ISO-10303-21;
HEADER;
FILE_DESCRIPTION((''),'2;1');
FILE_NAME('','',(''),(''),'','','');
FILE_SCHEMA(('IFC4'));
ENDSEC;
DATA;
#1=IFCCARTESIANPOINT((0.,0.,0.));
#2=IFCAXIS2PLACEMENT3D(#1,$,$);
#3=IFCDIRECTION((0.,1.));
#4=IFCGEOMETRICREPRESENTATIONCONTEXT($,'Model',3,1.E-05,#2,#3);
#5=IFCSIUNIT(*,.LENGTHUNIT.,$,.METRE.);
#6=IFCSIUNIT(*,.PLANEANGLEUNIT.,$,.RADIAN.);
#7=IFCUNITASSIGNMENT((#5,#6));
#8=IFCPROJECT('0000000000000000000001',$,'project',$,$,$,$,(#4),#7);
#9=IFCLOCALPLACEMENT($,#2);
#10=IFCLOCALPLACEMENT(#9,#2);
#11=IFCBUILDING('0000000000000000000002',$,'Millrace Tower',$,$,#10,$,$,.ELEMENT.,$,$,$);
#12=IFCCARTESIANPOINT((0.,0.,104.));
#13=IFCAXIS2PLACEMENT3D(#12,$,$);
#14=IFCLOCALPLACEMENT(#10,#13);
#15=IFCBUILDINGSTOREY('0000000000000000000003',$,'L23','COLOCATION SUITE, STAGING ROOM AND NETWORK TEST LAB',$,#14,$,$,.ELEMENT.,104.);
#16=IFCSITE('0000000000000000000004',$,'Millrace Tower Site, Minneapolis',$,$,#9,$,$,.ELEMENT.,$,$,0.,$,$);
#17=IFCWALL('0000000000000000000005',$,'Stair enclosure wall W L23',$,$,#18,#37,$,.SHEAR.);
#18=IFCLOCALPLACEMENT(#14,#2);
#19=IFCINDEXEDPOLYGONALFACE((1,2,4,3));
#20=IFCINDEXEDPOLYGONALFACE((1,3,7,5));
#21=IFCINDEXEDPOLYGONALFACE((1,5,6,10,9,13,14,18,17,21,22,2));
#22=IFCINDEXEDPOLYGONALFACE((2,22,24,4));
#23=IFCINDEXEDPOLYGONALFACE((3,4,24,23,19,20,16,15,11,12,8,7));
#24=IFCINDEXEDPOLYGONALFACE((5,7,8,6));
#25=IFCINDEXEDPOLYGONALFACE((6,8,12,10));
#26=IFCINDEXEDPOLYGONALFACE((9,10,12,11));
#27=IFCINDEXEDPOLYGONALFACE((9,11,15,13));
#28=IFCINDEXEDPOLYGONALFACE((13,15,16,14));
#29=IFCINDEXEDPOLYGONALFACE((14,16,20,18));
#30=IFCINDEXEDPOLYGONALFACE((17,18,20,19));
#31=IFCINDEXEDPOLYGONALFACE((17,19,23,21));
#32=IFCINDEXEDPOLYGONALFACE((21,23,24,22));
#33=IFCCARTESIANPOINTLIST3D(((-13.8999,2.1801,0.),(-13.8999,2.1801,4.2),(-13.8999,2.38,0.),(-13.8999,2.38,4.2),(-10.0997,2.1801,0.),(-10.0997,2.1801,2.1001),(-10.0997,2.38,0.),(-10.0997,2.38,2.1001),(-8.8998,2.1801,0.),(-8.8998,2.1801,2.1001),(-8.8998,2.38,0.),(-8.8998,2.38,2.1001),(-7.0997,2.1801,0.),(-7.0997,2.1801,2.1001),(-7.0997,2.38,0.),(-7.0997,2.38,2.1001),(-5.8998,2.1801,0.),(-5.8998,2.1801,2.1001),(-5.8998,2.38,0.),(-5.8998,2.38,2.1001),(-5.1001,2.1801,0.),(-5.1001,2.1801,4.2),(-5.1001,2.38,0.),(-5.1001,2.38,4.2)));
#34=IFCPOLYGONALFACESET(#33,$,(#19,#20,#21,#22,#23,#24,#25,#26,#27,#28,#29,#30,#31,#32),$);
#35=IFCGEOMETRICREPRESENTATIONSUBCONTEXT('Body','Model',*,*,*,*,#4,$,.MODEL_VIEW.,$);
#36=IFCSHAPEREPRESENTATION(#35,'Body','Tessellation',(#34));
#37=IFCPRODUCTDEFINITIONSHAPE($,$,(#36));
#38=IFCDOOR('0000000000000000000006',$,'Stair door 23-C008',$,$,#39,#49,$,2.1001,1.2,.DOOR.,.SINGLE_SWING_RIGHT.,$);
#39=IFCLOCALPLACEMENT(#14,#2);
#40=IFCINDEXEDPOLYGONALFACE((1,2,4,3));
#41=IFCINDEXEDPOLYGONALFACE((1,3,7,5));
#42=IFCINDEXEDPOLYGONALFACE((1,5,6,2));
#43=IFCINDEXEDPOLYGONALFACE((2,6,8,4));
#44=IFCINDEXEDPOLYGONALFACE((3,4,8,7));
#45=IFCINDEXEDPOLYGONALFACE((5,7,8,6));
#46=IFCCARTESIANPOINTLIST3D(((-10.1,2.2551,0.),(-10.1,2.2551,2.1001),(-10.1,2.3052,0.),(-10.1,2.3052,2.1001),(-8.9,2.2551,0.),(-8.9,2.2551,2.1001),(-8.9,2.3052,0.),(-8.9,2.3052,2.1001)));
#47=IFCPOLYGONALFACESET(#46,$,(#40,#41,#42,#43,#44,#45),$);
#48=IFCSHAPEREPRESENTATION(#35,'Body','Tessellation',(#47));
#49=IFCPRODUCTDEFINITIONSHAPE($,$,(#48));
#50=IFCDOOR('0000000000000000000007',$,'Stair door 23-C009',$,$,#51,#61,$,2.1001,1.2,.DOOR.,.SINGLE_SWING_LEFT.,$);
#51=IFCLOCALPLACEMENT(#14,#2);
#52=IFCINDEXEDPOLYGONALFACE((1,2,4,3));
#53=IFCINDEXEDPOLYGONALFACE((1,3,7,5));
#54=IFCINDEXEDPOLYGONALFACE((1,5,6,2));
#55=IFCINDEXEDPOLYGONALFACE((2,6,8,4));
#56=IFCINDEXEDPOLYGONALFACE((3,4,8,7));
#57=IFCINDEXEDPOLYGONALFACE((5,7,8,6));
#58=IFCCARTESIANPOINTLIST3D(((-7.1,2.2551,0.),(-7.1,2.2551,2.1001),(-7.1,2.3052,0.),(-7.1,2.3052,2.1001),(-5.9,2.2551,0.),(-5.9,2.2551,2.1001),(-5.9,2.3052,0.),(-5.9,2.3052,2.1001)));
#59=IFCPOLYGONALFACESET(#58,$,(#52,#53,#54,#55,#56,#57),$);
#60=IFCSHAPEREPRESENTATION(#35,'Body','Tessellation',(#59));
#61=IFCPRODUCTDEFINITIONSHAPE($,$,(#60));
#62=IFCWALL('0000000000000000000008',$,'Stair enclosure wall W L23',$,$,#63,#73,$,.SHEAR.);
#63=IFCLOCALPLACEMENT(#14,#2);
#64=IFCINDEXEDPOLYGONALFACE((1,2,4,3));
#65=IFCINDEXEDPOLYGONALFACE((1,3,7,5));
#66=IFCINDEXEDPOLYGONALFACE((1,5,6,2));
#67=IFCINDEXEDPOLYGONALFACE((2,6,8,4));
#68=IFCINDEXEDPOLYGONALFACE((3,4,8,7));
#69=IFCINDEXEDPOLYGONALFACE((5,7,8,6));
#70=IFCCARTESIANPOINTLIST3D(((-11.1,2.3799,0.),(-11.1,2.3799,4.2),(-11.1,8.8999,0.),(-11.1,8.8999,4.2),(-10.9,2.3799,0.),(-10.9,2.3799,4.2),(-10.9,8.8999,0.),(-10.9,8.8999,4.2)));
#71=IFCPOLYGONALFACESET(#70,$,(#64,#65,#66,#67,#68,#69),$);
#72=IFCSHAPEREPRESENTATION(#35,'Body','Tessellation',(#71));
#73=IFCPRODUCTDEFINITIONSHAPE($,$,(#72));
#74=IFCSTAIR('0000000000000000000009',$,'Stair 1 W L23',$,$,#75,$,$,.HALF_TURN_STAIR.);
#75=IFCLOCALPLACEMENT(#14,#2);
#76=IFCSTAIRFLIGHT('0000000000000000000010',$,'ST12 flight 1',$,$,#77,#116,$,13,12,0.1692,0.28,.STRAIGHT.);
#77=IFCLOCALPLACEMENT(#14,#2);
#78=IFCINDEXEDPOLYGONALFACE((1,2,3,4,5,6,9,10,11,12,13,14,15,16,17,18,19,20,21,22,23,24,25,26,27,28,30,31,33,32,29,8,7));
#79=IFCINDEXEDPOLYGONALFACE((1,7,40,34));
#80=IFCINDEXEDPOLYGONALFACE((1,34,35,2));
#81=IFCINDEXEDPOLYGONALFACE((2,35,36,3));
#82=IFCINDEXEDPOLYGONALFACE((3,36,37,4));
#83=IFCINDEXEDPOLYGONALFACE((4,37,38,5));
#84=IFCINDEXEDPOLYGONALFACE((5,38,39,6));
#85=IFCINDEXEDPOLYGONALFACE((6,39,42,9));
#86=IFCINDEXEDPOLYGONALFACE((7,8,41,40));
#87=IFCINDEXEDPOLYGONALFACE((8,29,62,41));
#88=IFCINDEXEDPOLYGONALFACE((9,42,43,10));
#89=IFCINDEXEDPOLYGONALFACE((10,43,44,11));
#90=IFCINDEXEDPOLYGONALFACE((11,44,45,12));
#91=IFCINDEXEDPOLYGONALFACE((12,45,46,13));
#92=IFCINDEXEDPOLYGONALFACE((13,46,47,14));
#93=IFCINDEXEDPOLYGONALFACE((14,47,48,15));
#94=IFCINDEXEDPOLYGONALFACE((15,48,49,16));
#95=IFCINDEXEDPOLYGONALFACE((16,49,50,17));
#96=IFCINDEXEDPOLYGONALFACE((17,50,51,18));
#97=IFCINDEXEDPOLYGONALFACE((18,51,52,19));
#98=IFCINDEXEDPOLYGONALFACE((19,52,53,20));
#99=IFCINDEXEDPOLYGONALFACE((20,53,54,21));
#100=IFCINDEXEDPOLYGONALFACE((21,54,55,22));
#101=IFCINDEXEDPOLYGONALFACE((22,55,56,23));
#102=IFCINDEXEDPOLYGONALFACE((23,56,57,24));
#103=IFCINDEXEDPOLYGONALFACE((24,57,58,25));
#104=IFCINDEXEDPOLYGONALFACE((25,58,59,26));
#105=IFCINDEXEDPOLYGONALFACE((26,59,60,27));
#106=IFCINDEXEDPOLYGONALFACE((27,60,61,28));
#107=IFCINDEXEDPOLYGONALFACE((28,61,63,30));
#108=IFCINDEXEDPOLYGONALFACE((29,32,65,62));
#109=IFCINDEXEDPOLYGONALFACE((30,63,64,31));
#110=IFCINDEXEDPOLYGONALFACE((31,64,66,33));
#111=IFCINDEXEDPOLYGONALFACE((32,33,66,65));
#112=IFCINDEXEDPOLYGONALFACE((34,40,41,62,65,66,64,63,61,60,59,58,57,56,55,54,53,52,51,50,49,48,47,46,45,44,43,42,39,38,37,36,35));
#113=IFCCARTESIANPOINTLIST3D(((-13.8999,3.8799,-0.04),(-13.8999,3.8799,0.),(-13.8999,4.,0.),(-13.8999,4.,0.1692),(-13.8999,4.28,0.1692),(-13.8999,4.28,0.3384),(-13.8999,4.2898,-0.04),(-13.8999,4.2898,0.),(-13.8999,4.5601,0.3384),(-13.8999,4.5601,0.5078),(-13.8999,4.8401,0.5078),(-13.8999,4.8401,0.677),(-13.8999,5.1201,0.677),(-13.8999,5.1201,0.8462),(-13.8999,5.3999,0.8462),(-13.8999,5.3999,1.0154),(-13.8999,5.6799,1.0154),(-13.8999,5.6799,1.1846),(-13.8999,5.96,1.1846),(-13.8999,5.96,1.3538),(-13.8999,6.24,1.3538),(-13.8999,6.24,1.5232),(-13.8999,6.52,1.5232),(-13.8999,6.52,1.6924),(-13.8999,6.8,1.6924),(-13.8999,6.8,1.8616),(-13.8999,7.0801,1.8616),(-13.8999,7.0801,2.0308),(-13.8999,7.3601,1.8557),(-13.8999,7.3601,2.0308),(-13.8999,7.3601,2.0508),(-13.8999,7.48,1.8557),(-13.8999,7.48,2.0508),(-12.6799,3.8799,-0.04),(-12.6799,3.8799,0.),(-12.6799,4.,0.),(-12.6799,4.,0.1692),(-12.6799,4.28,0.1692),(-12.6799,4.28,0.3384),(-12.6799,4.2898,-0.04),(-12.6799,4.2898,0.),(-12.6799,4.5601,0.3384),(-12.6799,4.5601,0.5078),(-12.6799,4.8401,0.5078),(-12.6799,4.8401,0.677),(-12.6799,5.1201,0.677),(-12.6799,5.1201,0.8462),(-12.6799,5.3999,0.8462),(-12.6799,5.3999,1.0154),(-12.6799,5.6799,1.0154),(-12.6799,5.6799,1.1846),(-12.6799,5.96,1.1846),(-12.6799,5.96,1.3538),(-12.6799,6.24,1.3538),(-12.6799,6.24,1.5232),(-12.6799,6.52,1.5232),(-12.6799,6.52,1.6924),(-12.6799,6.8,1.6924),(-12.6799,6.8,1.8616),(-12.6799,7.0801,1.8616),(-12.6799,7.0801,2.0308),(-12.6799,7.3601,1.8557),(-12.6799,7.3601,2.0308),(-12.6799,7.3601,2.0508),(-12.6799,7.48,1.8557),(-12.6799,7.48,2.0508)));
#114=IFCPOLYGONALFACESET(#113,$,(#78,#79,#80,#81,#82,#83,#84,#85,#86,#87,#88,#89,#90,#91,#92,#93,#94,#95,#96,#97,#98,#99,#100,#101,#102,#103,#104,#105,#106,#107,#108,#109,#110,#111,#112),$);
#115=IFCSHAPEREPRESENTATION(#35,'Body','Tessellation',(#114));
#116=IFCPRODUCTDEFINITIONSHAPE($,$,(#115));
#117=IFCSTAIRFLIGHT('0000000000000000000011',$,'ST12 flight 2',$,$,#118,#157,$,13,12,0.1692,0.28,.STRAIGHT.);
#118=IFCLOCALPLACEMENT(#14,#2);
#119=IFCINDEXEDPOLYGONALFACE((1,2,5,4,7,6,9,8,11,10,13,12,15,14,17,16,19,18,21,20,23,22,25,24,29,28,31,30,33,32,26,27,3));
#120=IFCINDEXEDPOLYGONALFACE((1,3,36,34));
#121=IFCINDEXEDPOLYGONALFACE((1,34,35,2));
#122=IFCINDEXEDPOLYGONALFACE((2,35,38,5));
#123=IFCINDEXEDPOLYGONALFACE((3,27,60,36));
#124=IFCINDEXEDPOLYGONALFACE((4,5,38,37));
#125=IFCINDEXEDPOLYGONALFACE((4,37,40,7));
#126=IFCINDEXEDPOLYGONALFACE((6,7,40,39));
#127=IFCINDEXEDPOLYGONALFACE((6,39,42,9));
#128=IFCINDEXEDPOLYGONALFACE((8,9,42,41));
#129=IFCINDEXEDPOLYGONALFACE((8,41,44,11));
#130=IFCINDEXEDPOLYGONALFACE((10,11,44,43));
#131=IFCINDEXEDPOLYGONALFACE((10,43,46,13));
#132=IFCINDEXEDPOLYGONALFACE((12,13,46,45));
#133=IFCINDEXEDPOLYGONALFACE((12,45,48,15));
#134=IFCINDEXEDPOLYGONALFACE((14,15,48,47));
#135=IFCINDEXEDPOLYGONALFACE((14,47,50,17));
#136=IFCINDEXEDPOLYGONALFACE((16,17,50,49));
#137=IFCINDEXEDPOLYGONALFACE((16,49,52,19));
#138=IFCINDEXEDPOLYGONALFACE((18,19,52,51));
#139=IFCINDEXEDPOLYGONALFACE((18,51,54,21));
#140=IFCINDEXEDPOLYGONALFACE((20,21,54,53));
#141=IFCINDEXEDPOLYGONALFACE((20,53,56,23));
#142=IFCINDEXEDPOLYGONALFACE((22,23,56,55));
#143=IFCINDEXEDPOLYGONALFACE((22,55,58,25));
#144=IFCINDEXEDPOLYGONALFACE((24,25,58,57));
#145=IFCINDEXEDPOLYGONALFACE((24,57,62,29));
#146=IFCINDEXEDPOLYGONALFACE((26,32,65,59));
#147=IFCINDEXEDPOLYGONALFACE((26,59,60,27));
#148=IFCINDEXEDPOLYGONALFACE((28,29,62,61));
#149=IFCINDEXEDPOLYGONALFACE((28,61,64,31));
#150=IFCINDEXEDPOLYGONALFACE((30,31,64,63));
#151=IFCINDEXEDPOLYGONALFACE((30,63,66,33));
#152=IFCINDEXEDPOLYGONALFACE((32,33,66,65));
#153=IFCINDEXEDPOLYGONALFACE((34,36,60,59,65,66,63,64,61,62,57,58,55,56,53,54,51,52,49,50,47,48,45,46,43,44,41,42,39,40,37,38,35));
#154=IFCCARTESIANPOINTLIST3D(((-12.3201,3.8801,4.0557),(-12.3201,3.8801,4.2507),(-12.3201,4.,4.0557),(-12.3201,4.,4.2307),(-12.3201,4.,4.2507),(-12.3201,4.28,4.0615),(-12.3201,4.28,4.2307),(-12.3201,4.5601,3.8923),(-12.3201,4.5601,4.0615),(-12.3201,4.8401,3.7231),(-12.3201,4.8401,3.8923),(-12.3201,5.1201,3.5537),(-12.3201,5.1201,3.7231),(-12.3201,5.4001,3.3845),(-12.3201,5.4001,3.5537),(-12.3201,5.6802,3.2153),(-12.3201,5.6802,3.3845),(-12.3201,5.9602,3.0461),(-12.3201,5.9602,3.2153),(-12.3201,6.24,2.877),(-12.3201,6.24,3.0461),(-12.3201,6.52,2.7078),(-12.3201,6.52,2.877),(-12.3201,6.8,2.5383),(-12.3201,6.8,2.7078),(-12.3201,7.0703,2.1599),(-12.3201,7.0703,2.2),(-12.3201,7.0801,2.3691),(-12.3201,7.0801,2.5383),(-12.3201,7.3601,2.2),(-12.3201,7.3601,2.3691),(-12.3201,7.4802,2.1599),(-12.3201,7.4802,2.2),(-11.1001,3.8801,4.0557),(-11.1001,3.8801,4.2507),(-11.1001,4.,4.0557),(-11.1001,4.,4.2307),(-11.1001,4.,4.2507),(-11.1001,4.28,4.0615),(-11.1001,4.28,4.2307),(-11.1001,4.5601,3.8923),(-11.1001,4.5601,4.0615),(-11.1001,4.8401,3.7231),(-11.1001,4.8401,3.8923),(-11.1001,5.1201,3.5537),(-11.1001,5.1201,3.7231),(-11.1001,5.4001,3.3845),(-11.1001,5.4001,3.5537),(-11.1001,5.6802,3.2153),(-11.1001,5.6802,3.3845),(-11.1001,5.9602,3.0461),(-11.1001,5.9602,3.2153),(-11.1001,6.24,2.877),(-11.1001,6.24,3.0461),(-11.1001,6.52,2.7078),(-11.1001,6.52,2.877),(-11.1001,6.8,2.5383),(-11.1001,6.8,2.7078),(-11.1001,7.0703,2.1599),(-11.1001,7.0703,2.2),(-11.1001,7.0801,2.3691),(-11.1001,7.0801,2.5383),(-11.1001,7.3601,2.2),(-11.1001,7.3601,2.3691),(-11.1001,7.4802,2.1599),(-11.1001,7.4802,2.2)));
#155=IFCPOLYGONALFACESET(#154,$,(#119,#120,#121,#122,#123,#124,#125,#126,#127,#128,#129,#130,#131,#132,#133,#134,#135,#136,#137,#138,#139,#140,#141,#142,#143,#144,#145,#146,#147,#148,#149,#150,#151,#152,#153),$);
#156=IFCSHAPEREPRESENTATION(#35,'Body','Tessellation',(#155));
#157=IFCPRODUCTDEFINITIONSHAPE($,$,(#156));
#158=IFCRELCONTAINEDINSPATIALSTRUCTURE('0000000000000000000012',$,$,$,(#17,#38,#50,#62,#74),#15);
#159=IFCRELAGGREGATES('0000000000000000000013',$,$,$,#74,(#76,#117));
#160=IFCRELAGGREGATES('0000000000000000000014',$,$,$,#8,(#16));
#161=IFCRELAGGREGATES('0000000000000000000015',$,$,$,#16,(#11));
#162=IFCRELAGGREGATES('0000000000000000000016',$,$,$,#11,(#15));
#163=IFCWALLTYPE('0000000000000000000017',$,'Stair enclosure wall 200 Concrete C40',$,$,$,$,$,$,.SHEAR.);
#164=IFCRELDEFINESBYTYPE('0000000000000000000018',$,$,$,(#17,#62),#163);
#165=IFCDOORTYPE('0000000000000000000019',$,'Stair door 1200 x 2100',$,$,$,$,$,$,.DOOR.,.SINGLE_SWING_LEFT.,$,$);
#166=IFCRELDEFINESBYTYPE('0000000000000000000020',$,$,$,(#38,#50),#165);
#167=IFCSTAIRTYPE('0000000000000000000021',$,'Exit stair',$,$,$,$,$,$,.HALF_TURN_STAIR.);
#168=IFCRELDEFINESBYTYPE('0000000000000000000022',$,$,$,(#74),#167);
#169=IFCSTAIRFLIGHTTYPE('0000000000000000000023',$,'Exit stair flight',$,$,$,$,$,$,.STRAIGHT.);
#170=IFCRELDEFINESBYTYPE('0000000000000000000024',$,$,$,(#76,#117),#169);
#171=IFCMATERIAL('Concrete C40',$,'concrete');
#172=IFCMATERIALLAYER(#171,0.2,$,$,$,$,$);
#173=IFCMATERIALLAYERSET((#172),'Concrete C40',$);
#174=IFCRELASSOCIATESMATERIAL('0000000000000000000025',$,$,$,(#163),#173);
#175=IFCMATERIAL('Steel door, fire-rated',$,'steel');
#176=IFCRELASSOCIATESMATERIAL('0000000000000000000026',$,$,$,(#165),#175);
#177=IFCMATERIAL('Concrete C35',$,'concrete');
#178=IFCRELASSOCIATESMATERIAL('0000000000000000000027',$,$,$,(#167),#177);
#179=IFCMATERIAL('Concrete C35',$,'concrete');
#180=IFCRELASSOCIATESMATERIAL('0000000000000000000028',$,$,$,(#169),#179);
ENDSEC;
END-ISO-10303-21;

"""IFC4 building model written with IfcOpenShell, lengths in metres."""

from ifc_helpers import new_model, si_unit, direction, frame, frame_2d, origin, place, context, subcontext, project, spatial, polyline, rectangle, outline, extrude, material, layer, layer_set, type_object, element, fill, aggregate, save


model = new_model("IFC4")

# Units and contexts
model_context = context("Model", 3, precision=1e-05, world=origin(), true_north=direction((0.0, 1.0)))
body_context = subcontext(model_context, "Body", "Model", "MODEL_VIEW")
ifc_project = project(units=[si_unit("LENGTHUNIT", "METRE"), si_unit("PLANEANGLEUNIT", "RADIAN")], contexts=[model_context])

# Site, building, storey
site_placement = place(None, origin())
site = spatial("IfcSite", under=ifc_project, at=site_placement, Name="Millrace Tower Site, Minneapolis", CompositionType="ELEMENT", RefElevation=0.0)
building_placement = place(site_placement, origin())
building = spatial("IfcBuilding", under=site, at=building_placement, Name="Millrace Tower", CompositionType="ELEMENT")
storey_placement = place(building_placement, frame((0.0, 0.0, 104.0)))
storey = spatial("IfcBuildingStorey", under=building, at=storey_placement, Name="L23", Description="COLOCATION SUITE, STAGING ROOM AND NETWORK TEST LAB", CompositionType="ELEMENT", Elevation=104.0)

# Shared definitions
placement = place(storey_placement, origin())

# Shared definitions
ifc_material_1 = material(Name="Concrete C40", Category="concrete")
ifc_layer_1 = layer(ifc_material_1, 0.2)
ifc_layer_set_1 = layer_set([ifc_layer_1], Name="Concrete C40")
wall_type_1 = type_object("IfcWallType", Name="Stair enclosure wall 200 Concrete C40", PredefinedType="SHEAR", material=ifc_layer_set_1)

# Wall, openings, doors
wall_1_placement = place(storey_placement, frame((-13.8999, 2.28, 0.0), z_axis=(0.0, 0.0, 1.0), x_axis=(1.0, 0.0, 0.0)))
wall_1 = element("IfcWall", 1, at=wall_1_placement, inside=storey, type_object=wall_type_1, Name="Stair enclosure wall W L23", PredefinedType="SHEAR", context=body_context, shape_type="SweptSolid", body=[
    extrude(rectangle(XDim=8.7998, YDim=0.2, at=frame_2d((4.3999, 0.0))), origin(), (0.0, 0.0, 1.0), 4.2),
])
opening_1_placement = place(wall_1_placement, frame((3.8, 0.0, 0.0)))
opening_1 = element("IfcOpeningElement", 2, at=opening_1_placement, cuts=wall_1, PredefinedType="OPENING", context=body_context, shape_type="SweptSolid", body=[
    extrude(rectangle(XDim=1.2, YDim=2.1001, at=frame_2d((0.6001, 1.05))), frame((0.0, 0.1099, 0.0), z_axis=(0.0, -1.0, 0.0), x_axis=(1.0, 0.0, 0.0)), (0.0, 0.0, 1.0), 0.22),
])
opening_2_placement = place(wall_1_placement, frame((6.8, 0.0, 0.0)))
opening_2 = element("IfcOpeningElement", 3, at=opening_2_placement, cuts=wall_1, PredefinedType="OPENING", context=body_context, shape_type="SweptSolid", body=[
    extrude(rectangle(XDim=1.2, YDim=2.1001, at=frame_2d((0.6001, 1.05))), frame((0.0, 0.1099, 0.0), z_axis=(0.0, -1.0, 0.0), x_axis=(1.0, 0.0, 0.0)), (0.0, 0.0, 1.0), 0.22),
])
ifc_material_2 = material(Name="Steel door, fire-rated", Category="steel")
door_type_1 = type_object("IfcDoorType", Name="Stair door 1200 x 2100", OperationType="SINGLE_SWING_LEFT", PredefinedType="DOOR", material=ifc_material_2)
door_1_placement = place(opening_1_placement, frame((1.2, 0.0, 0.0), z_axis=(0.0, 0.0, 1.0), x_axis=(-1.0, 0.0, 0.0)))
door_1 = element("IfcDoor", 4, at=door_1_placement, inside=storey, type_object=door_type_1, Name="Stair door 23-C008", OperationType="SINGLE_SWING_RIGHT", OverallHeight=2.1001, OverallWidth=1.2, PredefinedType="DOOR", context=body_context, shape_type="SweptSolid", body=[
    extrude(rectangle(XDim=1.2, YDim=2.1001, at=frame_2d((0.6001, 1.05))), frame((0.0, 0.0249, 0.0), z_axis=(0.0, -1.0, 0.0), x_axis=(1.0, 0.0, 0.0)), (0.0, 0.0, 1.0), 0.05),
])
fill(opening_1, door_1)
door_2_placement = place(opening_2_placement, frame((1.2, 0.0, 0.0), z_axis=(0.0, 0.0, 1.0), x_axis=(-1.0, 0.0, 0.0)))
door_2 = element("IfcDoor", 5, at=door_2_placement, inside=storey, type_object=door_type_1, Name="Stair door 23-C009", OperationType="SINGLE_SWING_LEFT", OverallHeight=2.1001, OverallWidth=1.2, PredefinedType="DOOR", context=body_context, shape_type="SweptSolid", body=[
    extrude(rectangle(XDim=1.2, YDim=2.1001, at=frame_2d((0.6001, 1.05))), frame((0.0, 0.0249, 0.0), z_axis=(0.0, -1.0, 0.0), x_axis=(1.0, 0.0, 0.0)), (0.0, 0.0, 1.0), 0.05),
])
fill(opening_2, door_2)

# Wall
wall_2_placement = place(storey_placement, frame((-11.0, 2.3799, 0.0), z_axis=(0.0, 0.0, 1.0), x_axis=(0.0, 1.0, 0.0)))
element("IfcWall", 6, at=wall_2_placement, inside=storey, type_object=wall_type_1, Name="Stair enclosure wall W L23", PredefinedType="SHEAR", context=body_context, shape_type="SweptSolid", body=[
    extrude(rectangle(XDim=6.52, YDim=0.2, at=frame_2d((3.26, 0.0))), origin(), (0.0, 0.0, 1.0), 4.2),
])

# Stair, stair flights
ifc_material_3 = material(Name="Concrete C35", Category="concrete")
stair_type = type_object("IfcStairType", Name="Exit stair", PredefinedType="HALF_TURN_STAIR", material=ifc_material_3)
stair = element("IfcStair", 7, at=placement, inside=storey, type_object=stair_type, Name="Stair 1 W L23", PredefinedType="HALF_TURN_STAIR")
ifc_material_4 = material(Name="Concrete C35", Category="concrete")
stair_flight_type = type_object("IfcStairFlightType", Name="Exit stair flight", PredefinedType="STRAIGHT", material=ifc_material_4)
stair_flight_1_placement = place(storey_placement, frame((-13.29, 4.0, 0.0), z_axis=(0.0, 0.0, 1.0), x_axis=(0.0, 1.0, 0.0)))
stair_flight_1 = element("IfcStairFlight", 8, at=stair_flight_1_placement, type_object=stair_flight_type, Name="ST12 flight 1", NumberOfRisers=13, NumberOfTreads=12, PredefinedType="STRAIGHT", RiserHeight=0.1692, TreadLength=0.28, context=body_context, shape_type="SweptSolid", body=[
    extrude(outline(polyline([(-0.1201, -0.04), (-0.1201, 0.0), (0.0, 0.0), (0.0, 0.1692), (0.28, 0.1692), (0.28, 0.3384), (0.5601, 0.3384), (0.5601, 0.5078), (0.8401, 0.5078), (0.8401, 0.677), (1.1201, 0.677), (1.1201, 0.8462), (1.3999, 0.8462), (1.3999, 1.0154), (1.6799, 1.0154), (1.6799, 1.1846), (1.96, 1.1846), (1.96, 1.3538), (2.24, 1.3538), (2.24, 1.5232), (2.52, 1.5232), (2.52, 1.6924), (2.8, 1.6924), (2.8, 1.8616), (3.0801, 1.8616), (3.0801, 2.0308), (3.3601, 2.0308), (3.3601, 2.0508), (3.48, 2.0508), (3.48, 1.8557), (3.3601, 1.8557), (0.2898, 0.0), (0.2898, -0.04), (-0.1201, -0.04)])), frame((0.0, 0.6099, 0.0), z_axis=(0.0, -1.0, 0.0), x_axis=(1.0, 0.0, 0.0)), (0.0, 0.0, 1.0), 1.22),
])
stair_flight_2_placement = place(storey_placement, frame((-11.71, 7.3601, 2.2), z_axis=(0.0, 0.0, 1.0), x_axis=(0.0, -1.0, 0.0)))
stair_flight_2 = element("IfcStairFlight", 9, at=stair_flight_2_placement, type_object=stair_flight_type, Name="ST12 flight 2", NumberOfRisers=13, NumberOfTreads=12, PredefinedType="STRAIGHT", RiserHeight=0.1692, TreadLength=0.28, context=body_context, shape_type="SweptSolid", body=[
    extrude(outline(polyline([(-0.1201, -0.04), (-0.1201, 0.0), (0.0, 0.0), (0.0, 0.1692), (0.28, 0.1692), (0.28, 0.3384), (0.5601, 0.3384), (0.5601, 0.5078), (0.8401, 0.5078), (0.8401, 0.677), (1.1201, 0.677), (1.1201, 0.8462), (1.3999, 0.8462), (1.3999, 1.0154), (1.6799, 1.0154), (1.6799, 1.1846), (1.96, 1.1846), (1.96, 1.3538), (2.24, 1.3538), (2.24, 1.5232), (2.52, 1.5232), (2.52, 1.6924), (2.8, 1.6924), (2.8, 1.8616), (3.0801, 1.8616), (3.0801, 2.0308), (3.3601, 2.0308), (3.3601, 2.0508), (3.48, 2.0508), (3.48, 1.8557), (3.3601, 1.8557), (0.2898, 0.0), (0.2898, -0.04), (-0.1201, -0.04)])), frame((0.0, 0.6099, 0.0), z_axis=(0.0, -1.0, 0.0), x_axis=(1.0, 0.0, 0.0)), (0.0, 0.0, 1.0), 1.22),
])
aggregate(stair, [stair_flight_1, stair_flight_2])

save(model, "model.ifc")
